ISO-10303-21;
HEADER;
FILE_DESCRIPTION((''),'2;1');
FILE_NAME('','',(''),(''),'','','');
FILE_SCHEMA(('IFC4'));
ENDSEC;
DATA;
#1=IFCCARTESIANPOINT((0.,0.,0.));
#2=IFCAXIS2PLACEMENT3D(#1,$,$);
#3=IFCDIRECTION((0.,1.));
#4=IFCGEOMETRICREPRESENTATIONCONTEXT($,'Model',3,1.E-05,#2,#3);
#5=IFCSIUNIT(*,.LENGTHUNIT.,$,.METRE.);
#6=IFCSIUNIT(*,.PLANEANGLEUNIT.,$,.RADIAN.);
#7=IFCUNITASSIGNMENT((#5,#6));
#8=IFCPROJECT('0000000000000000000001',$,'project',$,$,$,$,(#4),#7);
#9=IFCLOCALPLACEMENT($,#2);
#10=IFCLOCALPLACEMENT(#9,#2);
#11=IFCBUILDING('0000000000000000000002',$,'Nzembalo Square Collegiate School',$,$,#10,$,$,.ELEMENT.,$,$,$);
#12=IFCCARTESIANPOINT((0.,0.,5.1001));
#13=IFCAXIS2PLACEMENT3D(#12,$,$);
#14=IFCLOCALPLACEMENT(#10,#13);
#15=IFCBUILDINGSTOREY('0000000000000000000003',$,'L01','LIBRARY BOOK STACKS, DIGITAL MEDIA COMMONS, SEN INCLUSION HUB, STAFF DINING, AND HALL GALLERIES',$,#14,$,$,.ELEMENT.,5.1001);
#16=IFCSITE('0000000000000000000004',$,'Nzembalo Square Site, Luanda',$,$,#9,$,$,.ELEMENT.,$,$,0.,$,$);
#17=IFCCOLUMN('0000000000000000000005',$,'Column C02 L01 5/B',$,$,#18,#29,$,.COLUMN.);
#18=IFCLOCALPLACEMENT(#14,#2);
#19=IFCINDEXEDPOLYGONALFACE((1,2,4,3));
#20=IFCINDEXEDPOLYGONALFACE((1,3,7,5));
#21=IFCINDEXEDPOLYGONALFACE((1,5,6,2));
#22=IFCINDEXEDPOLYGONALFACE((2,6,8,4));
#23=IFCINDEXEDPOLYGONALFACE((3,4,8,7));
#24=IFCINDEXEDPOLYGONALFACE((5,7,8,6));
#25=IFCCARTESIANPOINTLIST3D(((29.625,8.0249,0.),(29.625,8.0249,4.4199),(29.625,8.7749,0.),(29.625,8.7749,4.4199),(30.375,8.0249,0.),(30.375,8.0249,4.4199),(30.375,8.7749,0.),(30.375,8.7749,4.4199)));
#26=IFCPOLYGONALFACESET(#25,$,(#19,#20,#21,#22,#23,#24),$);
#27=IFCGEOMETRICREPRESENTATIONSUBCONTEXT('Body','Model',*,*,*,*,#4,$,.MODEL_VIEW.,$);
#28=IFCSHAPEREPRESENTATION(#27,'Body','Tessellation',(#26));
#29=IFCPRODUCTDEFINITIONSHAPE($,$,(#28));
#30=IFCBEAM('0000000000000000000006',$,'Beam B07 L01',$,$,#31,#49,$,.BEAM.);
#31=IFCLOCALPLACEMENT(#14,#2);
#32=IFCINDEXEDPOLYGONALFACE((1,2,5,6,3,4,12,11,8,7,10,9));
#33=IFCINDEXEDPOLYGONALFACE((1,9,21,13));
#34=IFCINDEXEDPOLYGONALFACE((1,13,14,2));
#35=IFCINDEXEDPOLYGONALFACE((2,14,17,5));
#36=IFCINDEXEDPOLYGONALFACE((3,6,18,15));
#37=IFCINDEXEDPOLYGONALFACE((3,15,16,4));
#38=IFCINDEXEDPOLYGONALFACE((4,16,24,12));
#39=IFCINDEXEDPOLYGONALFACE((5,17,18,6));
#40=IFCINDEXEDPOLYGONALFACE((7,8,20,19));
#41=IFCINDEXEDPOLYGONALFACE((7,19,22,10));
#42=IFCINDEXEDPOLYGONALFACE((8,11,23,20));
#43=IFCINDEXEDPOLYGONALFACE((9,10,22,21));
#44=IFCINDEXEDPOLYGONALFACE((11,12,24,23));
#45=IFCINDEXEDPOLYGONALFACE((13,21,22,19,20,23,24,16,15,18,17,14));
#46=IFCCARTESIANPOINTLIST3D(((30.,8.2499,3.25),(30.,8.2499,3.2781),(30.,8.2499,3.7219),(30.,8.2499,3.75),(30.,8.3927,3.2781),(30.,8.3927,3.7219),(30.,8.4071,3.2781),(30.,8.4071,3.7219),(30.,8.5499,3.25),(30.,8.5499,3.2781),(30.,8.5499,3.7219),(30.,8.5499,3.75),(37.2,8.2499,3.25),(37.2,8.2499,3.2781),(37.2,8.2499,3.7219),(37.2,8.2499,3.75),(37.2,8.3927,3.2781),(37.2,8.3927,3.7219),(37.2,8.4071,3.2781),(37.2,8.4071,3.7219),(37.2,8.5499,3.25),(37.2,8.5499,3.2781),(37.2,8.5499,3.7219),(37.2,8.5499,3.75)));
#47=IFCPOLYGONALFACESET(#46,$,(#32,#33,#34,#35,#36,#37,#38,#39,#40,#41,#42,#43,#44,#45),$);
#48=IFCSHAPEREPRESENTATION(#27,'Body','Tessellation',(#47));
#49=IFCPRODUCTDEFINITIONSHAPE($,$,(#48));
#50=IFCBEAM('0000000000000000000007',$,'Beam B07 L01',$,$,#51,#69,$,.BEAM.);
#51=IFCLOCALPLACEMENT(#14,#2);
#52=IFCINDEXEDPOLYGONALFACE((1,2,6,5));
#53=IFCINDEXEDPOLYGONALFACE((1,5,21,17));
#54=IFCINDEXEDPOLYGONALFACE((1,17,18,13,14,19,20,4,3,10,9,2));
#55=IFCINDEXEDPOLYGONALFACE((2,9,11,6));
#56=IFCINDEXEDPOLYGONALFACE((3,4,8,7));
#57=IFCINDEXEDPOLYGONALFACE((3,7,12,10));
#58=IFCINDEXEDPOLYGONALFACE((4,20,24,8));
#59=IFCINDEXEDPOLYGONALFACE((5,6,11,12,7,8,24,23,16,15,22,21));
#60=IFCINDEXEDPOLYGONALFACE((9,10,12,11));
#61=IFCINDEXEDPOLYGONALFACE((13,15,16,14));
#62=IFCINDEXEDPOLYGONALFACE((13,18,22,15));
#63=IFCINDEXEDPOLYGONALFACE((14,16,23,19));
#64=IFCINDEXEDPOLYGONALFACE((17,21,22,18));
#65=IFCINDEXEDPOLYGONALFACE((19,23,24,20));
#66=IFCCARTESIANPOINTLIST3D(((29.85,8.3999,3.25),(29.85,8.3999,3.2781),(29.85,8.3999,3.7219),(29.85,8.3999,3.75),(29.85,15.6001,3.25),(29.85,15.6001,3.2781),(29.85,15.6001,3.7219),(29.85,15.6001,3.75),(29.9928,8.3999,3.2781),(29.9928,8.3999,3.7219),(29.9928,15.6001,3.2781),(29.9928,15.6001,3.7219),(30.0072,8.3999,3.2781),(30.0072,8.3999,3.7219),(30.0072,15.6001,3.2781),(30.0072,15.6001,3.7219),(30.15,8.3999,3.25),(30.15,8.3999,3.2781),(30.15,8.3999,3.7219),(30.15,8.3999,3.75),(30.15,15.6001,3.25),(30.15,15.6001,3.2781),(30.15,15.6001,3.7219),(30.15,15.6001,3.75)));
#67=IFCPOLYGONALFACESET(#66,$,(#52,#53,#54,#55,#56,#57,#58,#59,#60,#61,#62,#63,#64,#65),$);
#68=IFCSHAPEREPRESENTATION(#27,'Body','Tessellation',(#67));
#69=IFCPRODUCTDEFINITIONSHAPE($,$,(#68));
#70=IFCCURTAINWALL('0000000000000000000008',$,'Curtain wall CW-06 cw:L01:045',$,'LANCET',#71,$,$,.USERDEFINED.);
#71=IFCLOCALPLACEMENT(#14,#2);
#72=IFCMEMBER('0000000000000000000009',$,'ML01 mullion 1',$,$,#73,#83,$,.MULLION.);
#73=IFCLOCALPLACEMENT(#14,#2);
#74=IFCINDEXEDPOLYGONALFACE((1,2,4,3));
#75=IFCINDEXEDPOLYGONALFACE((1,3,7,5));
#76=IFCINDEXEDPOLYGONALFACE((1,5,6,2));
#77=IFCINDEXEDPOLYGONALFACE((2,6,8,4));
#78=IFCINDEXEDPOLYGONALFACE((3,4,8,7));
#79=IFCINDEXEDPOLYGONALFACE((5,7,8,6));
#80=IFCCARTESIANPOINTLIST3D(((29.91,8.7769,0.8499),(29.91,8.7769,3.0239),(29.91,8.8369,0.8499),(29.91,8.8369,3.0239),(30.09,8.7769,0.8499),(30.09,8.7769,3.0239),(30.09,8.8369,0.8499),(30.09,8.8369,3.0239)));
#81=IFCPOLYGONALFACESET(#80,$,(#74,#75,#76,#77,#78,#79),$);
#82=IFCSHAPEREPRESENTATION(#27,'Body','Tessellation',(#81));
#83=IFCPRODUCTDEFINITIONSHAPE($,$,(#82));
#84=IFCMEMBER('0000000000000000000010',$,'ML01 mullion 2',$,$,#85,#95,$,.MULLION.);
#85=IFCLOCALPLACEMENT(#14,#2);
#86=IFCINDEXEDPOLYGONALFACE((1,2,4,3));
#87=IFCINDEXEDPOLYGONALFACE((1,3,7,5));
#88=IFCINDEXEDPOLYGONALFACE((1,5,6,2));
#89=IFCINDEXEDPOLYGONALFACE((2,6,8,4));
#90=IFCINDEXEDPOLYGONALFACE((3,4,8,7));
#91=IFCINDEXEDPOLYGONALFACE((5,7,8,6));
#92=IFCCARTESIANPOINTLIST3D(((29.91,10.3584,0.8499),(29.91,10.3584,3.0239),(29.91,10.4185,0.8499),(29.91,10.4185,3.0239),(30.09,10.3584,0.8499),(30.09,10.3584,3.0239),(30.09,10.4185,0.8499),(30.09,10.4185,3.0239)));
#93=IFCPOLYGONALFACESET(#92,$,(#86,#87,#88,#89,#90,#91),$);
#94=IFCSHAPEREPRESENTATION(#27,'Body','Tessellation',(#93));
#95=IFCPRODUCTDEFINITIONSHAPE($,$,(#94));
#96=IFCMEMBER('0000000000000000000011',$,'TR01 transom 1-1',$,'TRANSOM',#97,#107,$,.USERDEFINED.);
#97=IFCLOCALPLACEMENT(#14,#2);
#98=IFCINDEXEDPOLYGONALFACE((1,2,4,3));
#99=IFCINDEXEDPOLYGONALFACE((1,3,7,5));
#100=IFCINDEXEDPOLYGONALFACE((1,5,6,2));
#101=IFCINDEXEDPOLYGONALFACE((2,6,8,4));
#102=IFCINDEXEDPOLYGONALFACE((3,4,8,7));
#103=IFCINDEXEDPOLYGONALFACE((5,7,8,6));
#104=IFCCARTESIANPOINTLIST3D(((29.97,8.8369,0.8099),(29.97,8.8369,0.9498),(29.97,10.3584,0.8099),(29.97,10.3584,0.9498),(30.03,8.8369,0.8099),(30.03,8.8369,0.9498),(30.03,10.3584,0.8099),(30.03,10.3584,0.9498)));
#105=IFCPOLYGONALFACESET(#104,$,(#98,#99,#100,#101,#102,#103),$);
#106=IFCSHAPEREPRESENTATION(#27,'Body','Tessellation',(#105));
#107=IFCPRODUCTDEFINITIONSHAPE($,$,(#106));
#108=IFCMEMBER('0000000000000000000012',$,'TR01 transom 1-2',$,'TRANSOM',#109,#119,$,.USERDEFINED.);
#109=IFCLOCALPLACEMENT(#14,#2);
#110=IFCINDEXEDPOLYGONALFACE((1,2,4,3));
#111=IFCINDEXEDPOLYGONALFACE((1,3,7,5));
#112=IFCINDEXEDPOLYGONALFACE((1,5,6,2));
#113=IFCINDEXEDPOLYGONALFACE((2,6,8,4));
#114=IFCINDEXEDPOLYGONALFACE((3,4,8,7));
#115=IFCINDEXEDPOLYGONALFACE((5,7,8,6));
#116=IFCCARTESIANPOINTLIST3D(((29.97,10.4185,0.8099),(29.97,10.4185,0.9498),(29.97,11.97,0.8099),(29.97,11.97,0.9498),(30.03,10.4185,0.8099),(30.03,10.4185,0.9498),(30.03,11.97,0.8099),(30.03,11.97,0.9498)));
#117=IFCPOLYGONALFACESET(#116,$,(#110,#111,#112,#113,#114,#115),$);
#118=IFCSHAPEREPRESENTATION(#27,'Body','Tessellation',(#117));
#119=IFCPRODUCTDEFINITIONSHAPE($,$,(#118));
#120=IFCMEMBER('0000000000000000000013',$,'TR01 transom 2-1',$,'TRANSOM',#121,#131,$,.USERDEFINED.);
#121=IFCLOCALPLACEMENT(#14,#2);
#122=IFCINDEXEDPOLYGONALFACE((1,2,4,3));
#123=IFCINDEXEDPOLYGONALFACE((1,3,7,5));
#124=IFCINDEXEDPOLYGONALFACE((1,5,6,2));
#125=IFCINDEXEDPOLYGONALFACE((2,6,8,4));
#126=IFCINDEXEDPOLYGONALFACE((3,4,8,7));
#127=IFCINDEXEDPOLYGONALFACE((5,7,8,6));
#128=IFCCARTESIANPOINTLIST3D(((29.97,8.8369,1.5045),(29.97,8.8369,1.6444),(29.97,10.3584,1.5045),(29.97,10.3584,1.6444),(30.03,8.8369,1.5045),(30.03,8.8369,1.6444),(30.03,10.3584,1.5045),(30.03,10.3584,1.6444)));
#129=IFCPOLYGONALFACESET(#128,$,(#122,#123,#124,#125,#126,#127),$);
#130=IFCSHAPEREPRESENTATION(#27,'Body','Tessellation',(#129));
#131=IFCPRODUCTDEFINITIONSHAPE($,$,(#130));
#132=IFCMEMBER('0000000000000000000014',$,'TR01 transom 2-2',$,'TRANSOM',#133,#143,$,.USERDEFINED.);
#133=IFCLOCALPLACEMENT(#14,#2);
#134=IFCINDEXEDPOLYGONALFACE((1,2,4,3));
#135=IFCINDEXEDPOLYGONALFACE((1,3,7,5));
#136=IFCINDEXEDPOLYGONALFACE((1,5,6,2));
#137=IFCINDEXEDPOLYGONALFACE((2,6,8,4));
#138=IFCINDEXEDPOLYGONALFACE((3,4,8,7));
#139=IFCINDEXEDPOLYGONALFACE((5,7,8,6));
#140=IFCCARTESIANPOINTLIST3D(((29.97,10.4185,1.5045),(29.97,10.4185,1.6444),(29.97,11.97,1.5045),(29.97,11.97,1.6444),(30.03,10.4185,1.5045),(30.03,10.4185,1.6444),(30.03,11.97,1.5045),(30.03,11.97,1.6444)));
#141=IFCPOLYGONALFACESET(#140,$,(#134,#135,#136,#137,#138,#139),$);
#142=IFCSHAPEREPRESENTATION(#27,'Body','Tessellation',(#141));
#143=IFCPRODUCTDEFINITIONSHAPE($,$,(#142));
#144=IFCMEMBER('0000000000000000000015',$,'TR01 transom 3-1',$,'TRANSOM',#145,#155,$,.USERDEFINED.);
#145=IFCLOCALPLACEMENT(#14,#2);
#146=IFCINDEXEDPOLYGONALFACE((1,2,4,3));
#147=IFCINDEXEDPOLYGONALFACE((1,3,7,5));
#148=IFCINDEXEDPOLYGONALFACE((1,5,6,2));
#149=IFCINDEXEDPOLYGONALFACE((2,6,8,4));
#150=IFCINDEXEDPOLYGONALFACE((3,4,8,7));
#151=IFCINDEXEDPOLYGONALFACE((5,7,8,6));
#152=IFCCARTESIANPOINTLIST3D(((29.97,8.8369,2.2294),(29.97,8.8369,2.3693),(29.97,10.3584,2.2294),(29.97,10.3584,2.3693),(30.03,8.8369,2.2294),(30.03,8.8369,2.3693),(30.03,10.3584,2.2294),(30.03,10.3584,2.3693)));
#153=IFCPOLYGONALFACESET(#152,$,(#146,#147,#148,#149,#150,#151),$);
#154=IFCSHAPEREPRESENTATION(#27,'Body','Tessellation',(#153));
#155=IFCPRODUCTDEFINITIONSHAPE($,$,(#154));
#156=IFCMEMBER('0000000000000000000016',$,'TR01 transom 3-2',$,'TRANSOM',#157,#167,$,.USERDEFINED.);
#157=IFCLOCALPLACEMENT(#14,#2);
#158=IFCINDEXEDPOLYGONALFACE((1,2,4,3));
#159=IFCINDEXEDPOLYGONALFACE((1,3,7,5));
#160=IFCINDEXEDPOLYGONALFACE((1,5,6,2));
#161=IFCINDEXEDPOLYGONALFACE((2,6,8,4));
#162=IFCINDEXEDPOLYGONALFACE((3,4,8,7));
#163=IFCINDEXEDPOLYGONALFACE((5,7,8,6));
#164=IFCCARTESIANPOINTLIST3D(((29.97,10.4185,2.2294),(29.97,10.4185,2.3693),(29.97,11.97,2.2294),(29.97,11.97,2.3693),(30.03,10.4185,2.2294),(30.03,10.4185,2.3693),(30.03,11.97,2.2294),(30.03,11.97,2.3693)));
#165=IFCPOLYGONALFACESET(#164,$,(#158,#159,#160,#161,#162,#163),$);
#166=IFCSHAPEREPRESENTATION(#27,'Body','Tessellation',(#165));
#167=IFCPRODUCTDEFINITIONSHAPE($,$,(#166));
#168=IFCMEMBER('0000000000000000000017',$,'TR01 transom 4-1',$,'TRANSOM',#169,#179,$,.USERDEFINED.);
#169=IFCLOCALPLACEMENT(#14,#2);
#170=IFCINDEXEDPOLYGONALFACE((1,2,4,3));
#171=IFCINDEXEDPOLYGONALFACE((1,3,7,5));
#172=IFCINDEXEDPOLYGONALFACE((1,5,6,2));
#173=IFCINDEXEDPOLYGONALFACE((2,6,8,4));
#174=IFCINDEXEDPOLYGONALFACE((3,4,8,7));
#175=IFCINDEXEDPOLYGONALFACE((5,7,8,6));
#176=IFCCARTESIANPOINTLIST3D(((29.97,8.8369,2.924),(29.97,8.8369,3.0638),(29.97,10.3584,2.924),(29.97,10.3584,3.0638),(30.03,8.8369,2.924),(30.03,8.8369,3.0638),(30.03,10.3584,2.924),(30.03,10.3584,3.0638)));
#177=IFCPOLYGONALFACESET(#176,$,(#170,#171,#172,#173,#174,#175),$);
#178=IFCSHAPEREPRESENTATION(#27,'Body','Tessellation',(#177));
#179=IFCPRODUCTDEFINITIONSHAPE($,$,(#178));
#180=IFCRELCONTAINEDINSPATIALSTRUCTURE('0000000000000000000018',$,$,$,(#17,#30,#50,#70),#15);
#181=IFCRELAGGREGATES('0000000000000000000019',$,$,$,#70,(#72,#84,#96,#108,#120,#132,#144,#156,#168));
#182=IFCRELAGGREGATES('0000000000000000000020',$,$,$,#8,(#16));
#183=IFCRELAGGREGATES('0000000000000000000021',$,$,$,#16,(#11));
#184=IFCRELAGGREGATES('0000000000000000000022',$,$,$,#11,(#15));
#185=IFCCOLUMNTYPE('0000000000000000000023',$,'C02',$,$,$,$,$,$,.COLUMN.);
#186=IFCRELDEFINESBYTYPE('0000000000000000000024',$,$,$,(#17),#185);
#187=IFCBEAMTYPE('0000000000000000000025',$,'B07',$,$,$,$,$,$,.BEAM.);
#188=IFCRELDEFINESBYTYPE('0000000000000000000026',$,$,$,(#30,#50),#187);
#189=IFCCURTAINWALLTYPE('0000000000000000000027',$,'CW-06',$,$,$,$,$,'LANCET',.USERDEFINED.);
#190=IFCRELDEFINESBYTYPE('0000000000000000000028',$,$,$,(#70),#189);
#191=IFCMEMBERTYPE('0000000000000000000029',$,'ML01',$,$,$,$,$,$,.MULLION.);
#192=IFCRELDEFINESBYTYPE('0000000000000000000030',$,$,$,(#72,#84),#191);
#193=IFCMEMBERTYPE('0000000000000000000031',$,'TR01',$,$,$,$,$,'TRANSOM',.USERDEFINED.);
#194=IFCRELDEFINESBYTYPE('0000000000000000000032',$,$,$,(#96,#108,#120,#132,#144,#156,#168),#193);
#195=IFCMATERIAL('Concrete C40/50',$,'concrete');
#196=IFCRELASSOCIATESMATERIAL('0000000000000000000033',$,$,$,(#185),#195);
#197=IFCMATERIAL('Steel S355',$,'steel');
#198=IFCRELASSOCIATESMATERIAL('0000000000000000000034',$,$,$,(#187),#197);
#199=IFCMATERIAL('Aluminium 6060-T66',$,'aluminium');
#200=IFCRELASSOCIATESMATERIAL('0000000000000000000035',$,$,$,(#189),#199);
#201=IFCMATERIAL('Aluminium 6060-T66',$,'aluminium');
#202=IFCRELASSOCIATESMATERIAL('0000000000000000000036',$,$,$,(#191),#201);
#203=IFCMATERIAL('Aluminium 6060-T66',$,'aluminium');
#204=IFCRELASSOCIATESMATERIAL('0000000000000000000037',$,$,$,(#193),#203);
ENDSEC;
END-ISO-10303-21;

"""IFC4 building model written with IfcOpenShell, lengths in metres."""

from ifc_helpers import new_model, si_unit, direction, frame, origin, origin_2d, place, context, subcontext, project, spatial, rectangle, i_section, extrude, material, material_profile, profile_set, type_object, element, aggregate, save


model = new_model("IFC4")

# Units and contexts
model_context = context("Model", 3, precision=1e-05, world=origin(), true_north=direction((0.0, 1.0)))
body_context = subcontext(model_context, "Body", "Model", "MODEL_VIEW")
ifc_project = project(units=[si_unit("LENGTHUNIT", "METRE"), si_unit("PLANEANGLEUNIT", "RADIAN")], contexts=[model_context])

# Site, building, storey
site_placement = place(None, origin())
site = spatial("IfcSite", under=ifc_project, at=site_placement, Name="Nzembalo Square Site, Luanda", CompositionType="ELEMENT", RefElevation=0.0)
building_placement = place(site_placement, origin())
building = spatial("IfcBuilding", under=site, at=building_placement, Name="Nzembalo Square Collegiate School", CompositionType="ELEMENT")
storey_placement = place(building_placement, frame((0.0, 0.0, 5.1001)))
storey = spatial("IfcBuildingStorey", under=building, at=storey_placement, Name="L01", Description="LIBRARY BOOK STACKS, DIGITAL MEDIA COMMONS, SEN INCLUSION HUB, STAFF DINING, AND HALL GALLERIES", CompositionType="ELEMENT", Elevation=5.1001)

# Column
ifc_material_1 = material(Name="Concrete C40/50", Category="concrete")
ifc_material_profile_1 = material_profile(ifc_material_1, rectangle(XDim=0.75, YDim=0.75, at=origin_2d()), Name="RC 750x750")
ifc_profile_set_1 = profile_set([ifc_material_profile_1], Name="Concrete C40/50")
column_type = type_object("IfcColumnType", Name="C02", PredefinedType="COLUMN", material=ifc_profile_set_1)
column_placement = place(storey_placement, frame((30.0, 8.3999, 0.0), z_axis=(0.0, 0.0, 1.0), x_axis=(1.0, 0.0, 0.0)))
element("IfcColumn", 1, at=column_placement, inside=storey, type_object=column_type, Name="Column C02 L01 5/B", PredefinedType="COLUMN", context=body_context, shape_type="SweptSolid", body=[
    extrude(rectangle(XDim=0.75, YDim=0.75, at=origin_2d()), origin(), (0.0, 0.0, 1.0), 4.4199),
])

# Beams
ifc_material_2 = material(Name="Steel S355", Category="steel")
ifc_material_profile_2 = material_profile(ifc_material_2, i_section(OverallWidth=0.3, OverallDepth=0.5, WebThickness=0.0144, FlangeThickness=0.0281, at=origin_2d()), Name="HEB 500")
ifc_profile_set_2 = profile_set([ifc_material_profile_2], Name="Steel S355")
beam_type = type_object("IfcBeamType", Name="B07", PredefinedType="BEAM", material=ifc_profile_set_2)
beam_1_placement = place(storey_placement, frame((30.0, 8.3999, 3.5), z_axis=(1.0, 0.0, 0.0), x_axis=(0.0, 1.0, 0.0)))
element("IfcBeam", 2, at=beam_1_placement, inside=storey, type_object=beam_type, Name="Beam B07 L01", PredefinedType="BEAM", context=body_context, shape_type="SweptSolid", body=[
    extrude(i_section(OverallWidth=0.3, OverallDepth=0.5, WebThickness=0.0144, FlangeThickness=0.0281, at=origin_2d()), origin(), (0.0, 0.0, 1.0), 7.2),
])
beam_2_placement = place(storey_placement, frame((30.0, 8.3999, 3.5), z_axis=(0.0, 1.0, 0.0), x_axis=(-1.0, 0.0, 0.0)))
element("IfcBeam", 3, at=beam_2_placement, inside=storey, type_object=beam_type, Name="Beam B07 L01", PredefinedType="BEAM", context=body_context, shape_type="SweptSolid", body=[
    extrude(i_section(OverallWidth=0.3, OverallDepth=0.5, WebThickness=0.0144, FlangeThickness=0.0281, at=origin_2d()), origin(), (0.0, 0.0, 1.0), 7.2002),
])

# Curtain wall, members
ifc_material_3 = material(Name="Aluminium 6060-T66", Category="aluminium")
curtain_wall_type = type_object("IfcCurtainWallType", Name="CW-06", ElementType="LANCET", PredefinedType="USERDEFINED", material=ifc_material_3)
curtain_wall_placement = place(storey_placement, origin())
curtain_wall = element("IfcCurtainWall", 4, at=curtain_wall_placement, inside=storey, type_object=curtain_wall_type, Name="Curtain wall CW-06 cw:L01:045", ObjectType="LANCET", PredefinedType="USERDEFINED")
ifc_material_4 = material(Name="Aluminium 6060-T66", Category="aluminium")
ifc_material_profile_3 = material_profile(ifc_material_4, rectangle(XDim=0.0601, YDim=0.1799, at=origin_2d()), Name="ALU M60x180")
ifc_profile_set_3 = profile_set([ifc_material_profile_3], Name="Aluminium 6060-T66")
member_type_1 = type_object("IfcMemberType", Name="ML01", PredefinedType="MULLION", material=ifc_profile_set_3)
member_1_placement = place(storey_placement, frame((30.0, 8.8069, 0.8499), z_axis=(0.0, 0.0, 1.0), x_axis=(0.0, 1.0, 0.0)))
member_1 = element("IfcMember", 5, at=member_1_placement, type_object=member_type_1, Name="ML01 mullion 1", PredefinedType="MULLION", context=body_context, shape_type="SweptSolid", body=[
    extrude(rectangle(XDim=0.0601, YDim=0.1799, at=origin_2d()), origin(), (0.0, 0.0, 1.0), 2.1741),
])
member_2_placement = place(storey_placement, frame((30.0, 10.3884, 0.8499), z_axis=(0.0, 0.0, 1.0), x_axis=(0.0, 1.0, 0.0)))
member_2 = element("IfcMember", 6, at=member_2_placement, type_object=member_type_1, Name="ML01 mullion 2", PredefinedType="MULLION", context=body_context, shape_type="SweptSolid", body=[
    extrude(rectangle(XDim=0.0601, YDim=0.1799, at=origin_2d()), origin(), (0.0, 0.0, 1.0), 2.1741),
])
ifc_material_5 = material(Name="Aluminium 6060-T66", Category="aluminium")
ifc_material_profile_4 = material_profile(ifc_material_5, rectangle(XDim=0.0601, YDim=0.1399, at=origin_2d()), Name="ALU T60x140")
ifc_profile_set_4 = profile_set([ifc_material_profile_4], Name="Aluminium 6060-T66")
member_type_2 = type_object("IfcMemberType", Name="TR01", ElementType="TRANSOM", PredefinedType="USERDEFINED", material=ifc_profile_set_4)
member_3_placement = place(storey_placement, frame((30.0, 8.8369, 0.8799), z_axis=(0.0, 1.0, 0.0), x_axis=(-1.0, 0.0, 0.0)))
member_3 = element("IfcMember", 7, at=member_3_placement, type_object=member_type_2, Name="TR01 transom 1-1", ObjectType="TRANSOM", PredefinedType="USERDEFINED", context=body_context, shape_type="SweptSolid", body=[
    extrude(rectangle(XDim=0.0601, YDim=0.1399, at=origin_2d()), origin(), (0.0, 0.0, 1.0), 1.5215),
])
member_4_placement = place(storey_placement, frame((30.0, 10.4185, 0.8799), z_axis=(0.0, 1.0, 0.0), x_axis=(-1.0, 0.0, 0.0)))
member_4 = element("IfcMember", 8, at=member_4_placement, type_object=member_type_2, Name="TR01 transom 1-2", ObjectType="TRANSOM", PredefinedType="USERDEFINED", context=body_context, shape_type="SweptSolid", body=[
    extrude(rectangle(XDim=0.0601, YDim=0.1399, at=origin_2d()), origin(), (0.0, 0.0, 1.0), 1.5515),
])
member_5_placement = place(storey_placement, frame((30.0, 8.8369, 1.5745), z_axis=(0.0, 1.0, 0.0), x_axis=(-1.0, 0.0, 0.0)))
member_5 = element("IfcMember", 9, at=member_5_placement, type_object=member_type_2, Name="TR01 transom 2-1", ObjectType="TRANSOM", PredefinedType="USERDEFINED", context=body_context, shape_type="SweptSolid", body=[
    extrude(rectangle(XDim=0.0601, YDim=0.1399, at=origin_2d()), origin(), (0.0, 0.0, 1.0), 1.5215),
])
member_6_placement = place(storey_placement, frame((30.0, 10.4185, 1.5745), z_axis=(0.0, 1.0, 0.0), x_axis=(-1.0, 0.0, 0.0)))
member_6 = element("IfcMember", 10, at=member_6_placement, type_object=member_type_2, Name="TR01 transom 2-2", ObjectType="TRANSOM", PredefinedType="USERDEFINED", context=body_context, shape_type="SweptSolid", body=[
    extrude(rectangle(XDim=0.0601, YDim=0.1399, at=origin_2d()), origin(), (0.0, 0.0, 1.0), 1.5515),
])
member_7_placement = place(storey_placement, frame((30.0, 8.8369, 2.2993), z_axis=(0.0, 1.0, 0.0), x_axis=(-1.0, 0.0, 0.0)))
member_7 = element("IfcMember", 11, at=member_7_placement, type_object=member_type_2, Name="TR01 transom 3-1", ObjectType="TRANSOM", PredefinedType="USERDEFINED", context=body_context, shape_type="SweptSolid", body=[
    extrude(rectangle(XDim=0.0601, YDim=0.1399, at=origin_2d()), origin(), (0.0, 0.0, 1.0), 1.5215),
])
member_8_placement = place(storey_placement, frame((30.0, 10.4185, 2.2993), z_axis=(0.0, 1.0, 0.0), x_axis=(-1.0, 0.0, 0.0)))
member_8 = element("IfcMember", 12, at=member_8_placement, type_object=member_type_2, Name="TR01 transom 3-2", ObjectType="TRANSOM", PredefinedType="USERDEFINED", context=body_context, shape_type="SweptSolid", body=[
    extrude(rectangle(XDim=0.0601, YDim=0.1399, at=origin_2d()), origin(), (0.0, 0.0, 1.0), 1.5515),
])
member_9_placement = place(storey_placement, frame((30.0, 8.8369, 2.9939), z_axis=(0.0, 1.0, 0.0), x_axis=(-1.0, 0.0, 0.0)))
member_9 = element("IfcMember", 13, at=member_9_placement, type_object=member_type_2, Name="TR01 transom 4-1", ObjectType="TRANSOM", PredefinedType="USERDEFINED", context=body_context, shape_type="SweptSolid", body=[
    extrude(rectangle(XDim=0.0601, YDim=0.1399, at=origin_2d()), origin(), (0.0, 0.0, 1.0), 1.5215),
])

aggregate(curtain_wall, [member_1, member_2, member_3, member_4, member_5, member_6, member_7, member_8, member_9])

save(model, "model.ifc")
